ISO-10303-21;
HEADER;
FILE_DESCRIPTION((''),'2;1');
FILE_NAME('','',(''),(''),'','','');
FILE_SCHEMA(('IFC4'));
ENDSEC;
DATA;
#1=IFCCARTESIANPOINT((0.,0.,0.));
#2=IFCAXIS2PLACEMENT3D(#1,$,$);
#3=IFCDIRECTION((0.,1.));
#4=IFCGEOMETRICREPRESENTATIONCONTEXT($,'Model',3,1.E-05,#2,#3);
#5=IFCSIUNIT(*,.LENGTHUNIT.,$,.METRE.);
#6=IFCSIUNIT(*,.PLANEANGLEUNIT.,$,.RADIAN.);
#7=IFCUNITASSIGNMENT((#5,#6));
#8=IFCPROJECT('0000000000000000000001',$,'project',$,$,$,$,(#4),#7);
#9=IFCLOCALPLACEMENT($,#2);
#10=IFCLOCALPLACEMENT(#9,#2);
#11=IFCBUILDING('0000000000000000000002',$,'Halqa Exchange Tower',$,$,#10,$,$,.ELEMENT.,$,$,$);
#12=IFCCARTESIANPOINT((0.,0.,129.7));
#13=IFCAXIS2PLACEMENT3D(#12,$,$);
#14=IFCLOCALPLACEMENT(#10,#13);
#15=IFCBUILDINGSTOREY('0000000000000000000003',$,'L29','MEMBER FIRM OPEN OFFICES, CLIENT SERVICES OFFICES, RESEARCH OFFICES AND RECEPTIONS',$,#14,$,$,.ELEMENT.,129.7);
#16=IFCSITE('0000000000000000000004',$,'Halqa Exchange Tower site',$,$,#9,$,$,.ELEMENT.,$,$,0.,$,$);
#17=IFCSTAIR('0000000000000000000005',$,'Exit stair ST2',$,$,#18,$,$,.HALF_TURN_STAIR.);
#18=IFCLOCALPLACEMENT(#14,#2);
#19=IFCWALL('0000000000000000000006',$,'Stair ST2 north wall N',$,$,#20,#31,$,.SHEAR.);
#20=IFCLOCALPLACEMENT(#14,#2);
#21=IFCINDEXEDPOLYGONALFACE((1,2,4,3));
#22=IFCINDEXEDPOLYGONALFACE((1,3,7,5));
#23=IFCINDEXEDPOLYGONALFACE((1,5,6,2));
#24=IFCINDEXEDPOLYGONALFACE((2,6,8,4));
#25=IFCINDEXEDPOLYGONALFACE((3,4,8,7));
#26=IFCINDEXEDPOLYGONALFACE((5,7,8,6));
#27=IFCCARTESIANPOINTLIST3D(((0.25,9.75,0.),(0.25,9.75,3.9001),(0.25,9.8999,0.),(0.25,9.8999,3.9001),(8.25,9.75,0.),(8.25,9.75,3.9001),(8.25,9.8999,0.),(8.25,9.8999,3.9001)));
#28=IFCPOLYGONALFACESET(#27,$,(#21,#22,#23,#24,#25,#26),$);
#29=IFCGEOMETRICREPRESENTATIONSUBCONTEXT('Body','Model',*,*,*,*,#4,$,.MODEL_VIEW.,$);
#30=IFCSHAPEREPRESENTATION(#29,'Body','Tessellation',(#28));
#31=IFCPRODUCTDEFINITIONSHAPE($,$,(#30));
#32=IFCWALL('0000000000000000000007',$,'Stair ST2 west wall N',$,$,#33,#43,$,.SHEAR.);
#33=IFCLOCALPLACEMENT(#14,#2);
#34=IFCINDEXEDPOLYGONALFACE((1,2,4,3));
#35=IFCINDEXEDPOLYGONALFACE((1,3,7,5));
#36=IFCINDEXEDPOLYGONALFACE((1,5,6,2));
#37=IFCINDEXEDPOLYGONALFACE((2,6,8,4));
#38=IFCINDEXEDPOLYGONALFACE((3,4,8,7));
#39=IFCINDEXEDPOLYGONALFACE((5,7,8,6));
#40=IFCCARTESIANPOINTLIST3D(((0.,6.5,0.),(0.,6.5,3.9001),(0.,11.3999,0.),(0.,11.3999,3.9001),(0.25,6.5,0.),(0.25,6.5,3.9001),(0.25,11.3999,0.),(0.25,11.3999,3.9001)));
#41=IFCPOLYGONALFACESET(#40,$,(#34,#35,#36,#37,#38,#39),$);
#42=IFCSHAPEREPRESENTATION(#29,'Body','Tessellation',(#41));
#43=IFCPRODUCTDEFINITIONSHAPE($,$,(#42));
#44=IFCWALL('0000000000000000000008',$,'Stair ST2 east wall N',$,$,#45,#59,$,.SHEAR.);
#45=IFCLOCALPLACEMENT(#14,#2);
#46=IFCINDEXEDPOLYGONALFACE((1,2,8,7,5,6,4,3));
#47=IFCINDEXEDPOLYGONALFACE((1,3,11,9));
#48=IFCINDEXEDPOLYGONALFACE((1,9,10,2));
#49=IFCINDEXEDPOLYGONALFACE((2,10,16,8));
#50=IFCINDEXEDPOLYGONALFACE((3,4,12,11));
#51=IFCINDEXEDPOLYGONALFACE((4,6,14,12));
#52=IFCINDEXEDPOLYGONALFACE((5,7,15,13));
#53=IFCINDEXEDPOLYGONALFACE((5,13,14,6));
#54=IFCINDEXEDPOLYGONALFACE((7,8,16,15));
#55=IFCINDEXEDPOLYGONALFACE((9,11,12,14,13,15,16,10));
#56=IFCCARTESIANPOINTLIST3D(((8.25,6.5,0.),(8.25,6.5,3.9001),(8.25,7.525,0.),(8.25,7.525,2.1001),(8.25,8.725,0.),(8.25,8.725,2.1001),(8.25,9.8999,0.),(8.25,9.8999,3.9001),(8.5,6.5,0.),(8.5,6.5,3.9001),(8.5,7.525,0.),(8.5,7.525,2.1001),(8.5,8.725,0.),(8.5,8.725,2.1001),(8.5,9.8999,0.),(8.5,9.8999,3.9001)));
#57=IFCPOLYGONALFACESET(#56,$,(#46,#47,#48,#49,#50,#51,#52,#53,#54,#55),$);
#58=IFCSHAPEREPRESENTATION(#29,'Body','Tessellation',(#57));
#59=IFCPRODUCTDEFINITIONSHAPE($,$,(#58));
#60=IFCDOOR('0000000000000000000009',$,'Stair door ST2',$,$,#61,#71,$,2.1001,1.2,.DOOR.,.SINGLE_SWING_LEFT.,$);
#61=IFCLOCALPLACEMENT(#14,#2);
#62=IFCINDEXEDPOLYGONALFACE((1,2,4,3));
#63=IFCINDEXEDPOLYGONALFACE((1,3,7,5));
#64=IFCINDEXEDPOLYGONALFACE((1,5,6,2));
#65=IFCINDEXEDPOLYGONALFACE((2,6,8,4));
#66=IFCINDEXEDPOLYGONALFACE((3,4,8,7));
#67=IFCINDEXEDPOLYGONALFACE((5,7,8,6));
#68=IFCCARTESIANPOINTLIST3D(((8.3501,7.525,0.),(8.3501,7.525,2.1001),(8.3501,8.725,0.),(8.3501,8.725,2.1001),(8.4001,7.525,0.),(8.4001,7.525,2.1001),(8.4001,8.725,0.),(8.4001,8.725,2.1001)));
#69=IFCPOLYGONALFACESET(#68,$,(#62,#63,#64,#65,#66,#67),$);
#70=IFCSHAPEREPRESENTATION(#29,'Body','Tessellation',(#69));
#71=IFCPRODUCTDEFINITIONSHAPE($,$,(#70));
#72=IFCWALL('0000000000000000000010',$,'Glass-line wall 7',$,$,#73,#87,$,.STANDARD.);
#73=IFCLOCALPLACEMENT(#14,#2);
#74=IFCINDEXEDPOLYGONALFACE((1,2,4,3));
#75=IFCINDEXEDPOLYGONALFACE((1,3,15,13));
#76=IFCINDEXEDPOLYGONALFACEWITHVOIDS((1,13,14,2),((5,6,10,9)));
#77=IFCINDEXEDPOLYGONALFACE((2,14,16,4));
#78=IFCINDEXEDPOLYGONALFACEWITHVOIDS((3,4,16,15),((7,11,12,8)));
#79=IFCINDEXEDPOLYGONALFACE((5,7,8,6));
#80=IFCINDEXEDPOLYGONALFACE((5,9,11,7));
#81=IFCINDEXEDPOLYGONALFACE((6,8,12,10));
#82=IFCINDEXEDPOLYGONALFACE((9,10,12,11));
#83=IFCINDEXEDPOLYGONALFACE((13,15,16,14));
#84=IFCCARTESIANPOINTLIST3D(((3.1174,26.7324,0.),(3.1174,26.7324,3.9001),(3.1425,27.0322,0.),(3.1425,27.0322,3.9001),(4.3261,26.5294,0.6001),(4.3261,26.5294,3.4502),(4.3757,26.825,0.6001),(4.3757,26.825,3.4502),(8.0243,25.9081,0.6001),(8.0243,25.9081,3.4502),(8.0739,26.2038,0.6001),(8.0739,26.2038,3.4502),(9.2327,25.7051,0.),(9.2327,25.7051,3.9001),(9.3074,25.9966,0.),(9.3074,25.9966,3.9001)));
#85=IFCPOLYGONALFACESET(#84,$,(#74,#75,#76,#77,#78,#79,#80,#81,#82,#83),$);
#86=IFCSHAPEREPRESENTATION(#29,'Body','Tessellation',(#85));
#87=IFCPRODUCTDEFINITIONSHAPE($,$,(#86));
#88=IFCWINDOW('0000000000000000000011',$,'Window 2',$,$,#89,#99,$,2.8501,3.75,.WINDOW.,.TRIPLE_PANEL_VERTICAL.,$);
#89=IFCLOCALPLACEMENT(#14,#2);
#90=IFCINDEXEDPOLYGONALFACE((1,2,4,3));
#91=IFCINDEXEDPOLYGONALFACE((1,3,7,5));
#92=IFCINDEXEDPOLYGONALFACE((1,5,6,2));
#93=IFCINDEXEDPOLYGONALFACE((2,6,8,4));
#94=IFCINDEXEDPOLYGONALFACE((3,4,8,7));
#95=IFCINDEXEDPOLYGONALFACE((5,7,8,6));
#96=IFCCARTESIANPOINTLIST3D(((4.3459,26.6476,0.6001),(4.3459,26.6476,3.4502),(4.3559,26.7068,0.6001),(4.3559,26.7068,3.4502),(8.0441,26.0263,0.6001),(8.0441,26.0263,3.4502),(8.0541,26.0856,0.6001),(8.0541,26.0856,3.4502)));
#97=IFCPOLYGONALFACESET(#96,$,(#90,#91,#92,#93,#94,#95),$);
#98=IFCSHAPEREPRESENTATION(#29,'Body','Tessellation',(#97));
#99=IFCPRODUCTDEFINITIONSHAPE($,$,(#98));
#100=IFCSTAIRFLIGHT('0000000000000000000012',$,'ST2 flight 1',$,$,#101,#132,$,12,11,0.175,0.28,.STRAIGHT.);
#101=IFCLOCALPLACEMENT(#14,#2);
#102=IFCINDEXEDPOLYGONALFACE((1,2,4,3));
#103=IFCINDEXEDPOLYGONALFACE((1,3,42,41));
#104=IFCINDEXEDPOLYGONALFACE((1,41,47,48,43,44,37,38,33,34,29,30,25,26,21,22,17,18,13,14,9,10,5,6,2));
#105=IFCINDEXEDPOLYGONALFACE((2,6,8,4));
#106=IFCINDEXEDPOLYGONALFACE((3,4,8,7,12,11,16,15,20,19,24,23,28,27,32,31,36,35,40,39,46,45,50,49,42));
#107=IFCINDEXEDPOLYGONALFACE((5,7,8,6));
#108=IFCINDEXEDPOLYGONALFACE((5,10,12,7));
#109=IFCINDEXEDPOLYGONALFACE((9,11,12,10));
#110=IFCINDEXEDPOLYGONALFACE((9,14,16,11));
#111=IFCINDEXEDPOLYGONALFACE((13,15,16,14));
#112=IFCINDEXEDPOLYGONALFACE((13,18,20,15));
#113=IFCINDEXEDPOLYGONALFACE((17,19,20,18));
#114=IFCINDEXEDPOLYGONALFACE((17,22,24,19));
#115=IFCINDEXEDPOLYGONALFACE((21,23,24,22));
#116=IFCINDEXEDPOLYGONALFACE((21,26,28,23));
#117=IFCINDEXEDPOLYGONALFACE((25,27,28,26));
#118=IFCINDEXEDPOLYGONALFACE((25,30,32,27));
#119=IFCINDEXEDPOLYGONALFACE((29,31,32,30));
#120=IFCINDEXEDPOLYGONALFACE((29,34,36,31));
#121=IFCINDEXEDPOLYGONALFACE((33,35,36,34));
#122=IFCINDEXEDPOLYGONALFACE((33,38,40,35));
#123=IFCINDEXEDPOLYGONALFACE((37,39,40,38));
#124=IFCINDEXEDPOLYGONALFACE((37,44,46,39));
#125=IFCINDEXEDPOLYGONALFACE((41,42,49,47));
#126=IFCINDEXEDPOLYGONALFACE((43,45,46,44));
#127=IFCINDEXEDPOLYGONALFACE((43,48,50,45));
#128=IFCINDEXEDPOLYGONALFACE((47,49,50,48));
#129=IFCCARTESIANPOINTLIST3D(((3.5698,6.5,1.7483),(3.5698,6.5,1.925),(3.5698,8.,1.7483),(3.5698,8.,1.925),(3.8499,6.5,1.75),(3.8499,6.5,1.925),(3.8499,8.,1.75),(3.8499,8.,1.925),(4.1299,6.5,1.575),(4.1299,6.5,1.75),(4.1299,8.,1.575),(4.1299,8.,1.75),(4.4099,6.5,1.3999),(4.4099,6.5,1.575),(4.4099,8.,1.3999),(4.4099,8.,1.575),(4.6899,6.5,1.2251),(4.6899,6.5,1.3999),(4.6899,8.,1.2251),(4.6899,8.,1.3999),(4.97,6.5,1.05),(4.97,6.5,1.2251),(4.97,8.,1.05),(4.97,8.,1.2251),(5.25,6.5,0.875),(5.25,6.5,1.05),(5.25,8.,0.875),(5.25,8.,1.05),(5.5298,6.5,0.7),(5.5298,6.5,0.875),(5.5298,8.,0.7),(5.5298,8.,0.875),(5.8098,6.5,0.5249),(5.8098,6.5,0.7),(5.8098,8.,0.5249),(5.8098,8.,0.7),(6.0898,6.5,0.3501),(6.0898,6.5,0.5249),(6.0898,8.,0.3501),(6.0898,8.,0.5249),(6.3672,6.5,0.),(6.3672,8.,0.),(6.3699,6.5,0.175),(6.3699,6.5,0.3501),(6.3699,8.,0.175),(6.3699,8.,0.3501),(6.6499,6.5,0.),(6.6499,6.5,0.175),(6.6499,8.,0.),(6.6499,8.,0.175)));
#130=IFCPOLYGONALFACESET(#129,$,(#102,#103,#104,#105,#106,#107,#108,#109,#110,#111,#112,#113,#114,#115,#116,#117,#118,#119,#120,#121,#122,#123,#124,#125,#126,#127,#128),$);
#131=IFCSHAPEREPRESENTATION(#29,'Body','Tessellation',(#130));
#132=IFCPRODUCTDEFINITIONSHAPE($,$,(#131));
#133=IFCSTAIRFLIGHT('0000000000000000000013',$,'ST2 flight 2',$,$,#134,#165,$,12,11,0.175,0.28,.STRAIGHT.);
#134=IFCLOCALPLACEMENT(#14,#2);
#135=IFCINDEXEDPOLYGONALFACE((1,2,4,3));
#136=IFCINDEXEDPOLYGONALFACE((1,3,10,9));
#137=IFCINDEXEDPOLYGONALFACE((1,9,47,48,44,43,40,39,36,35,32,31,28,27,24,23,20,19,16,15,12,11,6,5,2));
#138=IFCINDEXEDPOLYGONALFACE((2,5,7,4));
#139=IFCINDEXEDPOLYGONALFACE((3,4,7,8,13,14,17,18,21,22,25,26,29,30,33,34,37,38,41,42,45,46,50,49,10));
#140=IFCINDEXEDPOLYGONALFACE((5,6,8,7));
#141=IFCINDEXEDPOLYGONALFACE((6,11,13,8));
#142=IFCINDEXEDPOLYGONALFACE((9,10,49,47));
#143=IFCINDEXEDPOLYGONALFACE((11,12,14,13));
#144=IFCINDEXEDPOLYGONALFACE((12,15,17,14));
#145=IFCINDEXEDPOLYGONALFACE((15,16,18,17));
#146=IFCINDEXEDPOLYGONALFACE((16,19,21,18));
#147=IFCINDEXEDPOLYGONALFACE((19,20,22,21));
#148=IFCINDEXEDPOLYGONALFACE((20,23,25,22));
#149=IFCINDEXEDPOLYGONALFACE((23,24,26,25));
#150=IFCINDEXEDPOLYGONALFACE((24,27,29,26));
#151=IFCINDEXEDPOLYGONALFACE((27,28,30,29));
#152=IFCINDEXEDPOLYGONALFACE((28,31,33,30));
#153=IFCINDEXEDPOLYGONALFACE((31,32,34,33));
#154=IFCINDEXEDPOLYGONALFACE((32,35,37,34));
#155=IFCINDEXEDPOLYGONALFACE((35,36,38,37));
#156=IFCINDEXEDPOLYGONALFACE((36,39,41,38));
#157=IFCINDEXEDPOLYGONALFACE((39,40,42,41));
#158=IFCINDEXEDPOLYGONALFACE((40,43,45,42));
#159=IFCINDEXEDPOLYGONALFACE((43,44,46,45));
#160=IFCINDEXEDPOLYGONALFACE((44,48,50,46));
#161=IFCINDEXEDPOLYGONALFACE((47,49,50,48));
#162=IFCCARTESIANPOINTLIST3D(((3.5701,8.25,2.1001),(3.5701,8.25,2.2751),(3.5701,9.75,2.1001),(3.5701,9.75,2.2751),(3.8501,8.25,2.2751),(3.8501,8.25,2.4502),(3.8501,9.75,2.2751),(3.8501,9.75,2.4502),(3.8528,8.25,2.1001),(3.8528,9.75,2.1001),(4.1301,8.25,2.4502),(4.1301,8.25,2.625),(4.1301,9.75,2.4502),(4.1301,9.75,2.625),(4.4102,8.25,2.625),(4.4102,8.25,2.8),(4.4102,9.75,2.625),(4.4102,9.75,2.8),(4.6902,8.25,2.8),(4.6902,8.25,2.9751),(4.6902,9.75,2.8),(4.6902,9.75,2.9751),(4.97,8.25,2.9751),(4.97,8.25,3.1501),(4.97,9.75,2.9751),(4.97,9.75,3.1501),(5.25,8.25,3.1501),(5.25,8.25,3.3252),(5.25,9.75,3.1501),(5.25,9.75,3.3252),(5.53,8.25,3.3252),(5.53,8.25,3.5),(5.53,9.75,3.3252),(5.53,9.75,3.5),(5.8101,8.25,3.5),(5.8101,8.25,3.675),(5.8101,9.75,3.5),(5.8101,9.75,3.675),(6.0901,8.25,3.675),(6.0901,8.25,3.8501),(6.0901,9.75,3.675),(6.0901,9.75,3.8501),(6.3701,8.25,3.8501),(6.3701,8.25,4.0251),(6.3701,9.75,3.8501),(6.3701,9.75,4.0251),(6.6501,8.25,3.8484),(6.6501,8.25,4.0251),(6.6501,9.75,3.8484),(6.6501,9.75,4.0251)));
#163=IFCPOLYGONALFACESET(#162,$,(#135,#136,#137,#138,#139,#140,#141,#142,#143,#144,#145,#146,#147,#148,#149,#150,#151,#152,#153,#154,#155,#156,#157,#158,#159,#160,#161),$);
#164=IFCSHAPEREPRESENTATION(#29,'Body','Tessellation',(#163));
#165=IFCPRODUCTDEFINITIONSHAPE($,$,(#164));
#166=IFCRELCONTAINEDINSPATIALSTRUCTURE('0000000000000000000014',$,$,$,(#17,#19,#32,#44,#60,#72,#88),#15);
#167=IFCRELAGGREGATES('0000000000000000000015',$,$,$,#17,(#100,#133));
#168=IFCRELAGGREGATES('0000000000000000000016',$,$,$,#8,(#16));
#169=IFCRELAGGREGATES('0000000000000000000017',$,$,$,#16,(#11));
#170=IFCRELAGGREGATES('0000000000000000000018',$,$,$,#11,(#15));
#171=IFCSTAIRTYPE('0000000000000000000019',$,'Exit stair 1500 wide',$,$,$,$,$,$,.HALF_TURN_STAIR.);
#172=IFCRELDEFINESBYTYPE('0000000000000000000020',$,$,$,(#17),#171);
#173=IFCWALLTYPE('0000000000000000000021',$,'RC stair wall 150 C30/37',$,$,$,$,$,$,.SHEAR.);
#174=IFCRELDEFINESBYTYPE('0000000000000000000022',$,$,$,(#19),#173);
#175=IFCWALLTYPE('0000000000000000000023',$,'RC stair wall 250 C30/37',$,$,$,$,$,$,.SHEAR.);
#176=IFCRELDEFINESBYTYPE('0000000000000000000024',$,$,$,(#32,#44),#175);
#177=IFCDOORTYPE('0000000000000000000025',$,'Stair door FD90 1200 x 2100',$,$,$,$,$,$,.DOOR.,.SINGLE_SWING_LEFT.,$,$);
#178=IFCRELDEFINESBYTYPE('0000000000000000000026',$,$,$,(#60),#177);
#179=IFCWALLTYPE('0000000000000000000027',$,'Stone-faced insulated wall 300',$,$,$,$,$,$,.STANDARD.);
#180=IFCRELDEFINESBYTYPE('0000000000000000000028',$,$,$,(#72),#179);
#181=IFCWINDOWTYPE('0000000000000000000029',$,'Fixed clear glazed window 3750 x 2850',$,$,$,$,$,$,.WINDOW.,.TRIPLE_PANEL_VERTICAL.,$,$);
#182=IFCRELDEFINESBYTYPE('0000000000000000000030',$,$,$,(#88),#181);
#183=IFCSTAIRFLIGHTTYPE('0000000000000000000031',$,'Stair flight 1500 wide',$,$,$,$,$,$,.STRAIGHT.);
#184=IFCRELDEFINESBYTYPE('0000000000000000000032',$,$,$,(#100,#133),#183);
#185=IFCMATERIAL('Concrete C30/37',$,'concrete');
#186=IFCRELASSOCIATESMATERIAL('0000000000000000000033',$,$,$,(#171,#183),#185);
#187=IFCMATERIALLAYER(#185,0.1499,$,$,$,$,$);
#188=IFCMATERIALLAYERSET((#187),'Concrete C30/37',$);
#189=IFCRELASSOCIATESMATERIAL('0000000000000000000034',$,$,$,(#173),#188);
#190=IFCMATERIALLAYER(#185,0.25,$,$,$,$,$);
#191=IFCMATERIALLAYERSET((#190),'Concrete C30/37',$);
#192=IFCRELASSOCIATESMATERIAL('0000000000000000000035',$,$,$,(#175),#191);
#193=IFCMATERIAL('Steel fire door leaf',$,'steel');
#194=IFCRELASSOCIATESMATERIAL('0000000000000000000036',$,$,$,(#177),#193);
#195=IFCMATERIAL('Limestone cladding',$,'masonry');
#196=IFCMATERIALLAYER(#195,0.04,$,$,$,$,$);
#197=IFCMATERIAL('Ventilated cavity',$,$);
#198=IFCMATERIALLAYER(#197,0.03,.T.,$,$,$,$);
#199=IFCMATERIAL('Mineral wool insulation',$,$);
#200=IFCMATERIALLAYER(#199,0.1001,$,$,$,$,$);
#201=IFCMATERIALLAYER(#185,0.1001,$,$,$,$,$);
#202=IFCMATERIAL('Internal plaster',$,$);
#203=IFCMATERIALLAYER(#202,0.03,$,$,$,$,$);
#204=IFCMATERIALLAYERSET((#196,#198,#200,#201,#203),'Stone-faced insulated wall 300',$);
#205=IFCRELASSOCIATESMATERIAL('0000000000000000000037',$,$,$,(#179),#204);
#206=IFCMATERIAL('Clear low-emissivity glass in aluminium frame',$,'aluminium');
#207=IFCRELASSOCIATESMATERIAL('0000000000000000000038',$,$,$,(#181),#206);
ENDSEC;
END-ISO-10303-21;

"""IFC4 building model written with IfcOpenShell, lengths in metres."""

from ifc_helpers import new_model, si_unit, direction, frame, frame_2d, origin, place, context, subcontext, project, spatial, polyline, rectangle, outline, extrude, material, layer, layer_set, type_object, element, fill, aggregate, save


model = new_model("IFC4")

# Units and contexts
model_context = context("Model", 3, precision=1e-05, world=origin(), true_north=direction((0.0, 1.0)))
body_context = subcontext(model_context, "Body", "Model", "MODEL_VIEW")
ifc_project = project(units=[si_unit("LENGTHUNIT", "METRE"), si_unit("PLANEANGLEUNIT", "RADIAN")], contexts=[model_context])

# Site, building, storey
site_placement = place(None, origin())
site = spatial("IfcSite", under=ifc_project, at=site_placement, Name="Halqa Exchange Tower site", CompositionType="ELEMENT", RefElevation=0.0)
building_placement = place(site_placement, origin())
building = spatial("IfcBuilding", under=site, at=building_placement, Name="Halqa Exchange Tower", CompositionType="ELEMENT")
storey_placement = place(building_placement, frame((0.0, 0.0, 129.7)))
storey = spatial("IfcBuildingStorey", under=building, at=storey_placement, Name="L29", Description="MEMBER FIRM OPEN OFFICES, CLIENT SERVICES OFFICES, RESEARCH OFFICES AND RECEPTIONS", CompositionType="ELEMENT", Elevation=129.7)

# Stair
ifc_material_1 = material(Name="Concrete C30/37", Category="concrete")
stair_type = type_object("IfcStairType", Name="Exit stair 1500 wide", PredefinedType="HALF_TURN_STAIR", material=ifc_material_1)
stair_1_placement = place(storey_placement, origin())
stair_1 = element("IfcStair", 1, at=stair_1_placement, inside=storey, type_object=stair_type, Name="Exit stair ST2", PredefinedType="HALF_TURN_STAIR")

# Walls
ifc_layer_1 = layer(ifc_material_1, 0.1499)
ifc_layer_set_1 = layer_set([ifc_layer_1], Name="Concrete C30/37")
wall_type_1 = type_object("IfcWallType", Name="RC stair wall 150 C30/37", PredefinedType="SHEAR", material=ifc_layer_set_1)
wall_1_placement = place(storey_placement, frame((0.25, 9.825, 0.0), z_axis=(0.0, 0.0, 1.0), x_axis=(1.0, 0.0, 0.0)))
element("IfcWall", 2, at=wall_1_placement, inside=storey, type_object=wall_type_1, Name="Stair ST2 north wall N", PredefinedType="SHEAR", context=body_context, shape_type="SweptSolid", body=[
    extrude(rectangle(XDim=8.0, YDim=0.1499, at=frame_2d((4.0, 0.0))), origin(), (0.0, 0.0, 1.0), 3.9001),
])
ifc_layer_2 = layer(ifc_material_1, 0.25)
ifc_layer_set_2 = layer_set([ifc_layer_2], Name="Concrete C30/37")
wall_type_2 = type_object("IfcWallType", Name="RC stair wall 250 C30/37", PredefinedType="SHEAR", material=ifc_layer_set_2)
wall_2_placement = place(storey_placement, frame((0.125, 6.5, 0.0), z_axis=(0.0, 0.0, 1.0), x_axis=(0.0, 1.0, 0.0)))
element("IfcWall", 3, at=wall_2_placement, inside=storey, type_object=wall_type_2, Name="Stair ST2 west wall N", PredefinedType="SHEAR", context=body_context, shape_type="SweptSolid", body=[
    extrude(rectangle(XDim=4.8999, YDim=0.25, at=frame_2d((2.45, 0.0))), origin(), (0.0, 0.0, 1.0), 3.9001),
])

# Wall, opening, door
wall_3_placement = place(storey_placement, frame((8.375, 6.5, 0.0), z_axis=(0.0, 0.0, 1.0), x_axis=(0.0, 1.0, 0.0)))
wall_3 = element("IfcWall", 4, at=wall_3_placement, inside=storey, type_object=wall_type_2, Name="Stair ST2 east wall N", PredefinedType="SHEAR", context=body_context, shape_type="SweptSolid", body=[
    extrude(rectangle(XDim=3.3999, YDim=0.25, at=frame_2d((1.7, 0.0))), origin(), (0.0, 0.0, 1.0), 3.9001),
])
opening_1_placement = place(wall_3_placement, frame((1.0249, 0.0, 0.0)))
opening_1 = element("IfcOpeningElement", 5, at=opening_1_placement, cuts=wall_3, PredefinedType="OPENING", context=body_context, shape_type="SweptSolid", body=[
    extrude(rectangle(XDim=1.2, YDim=2.1001, at=frame_2d((0.6001, 1.05))), frame((0.0, 0.137, 0.0), z_axis=(0.0, -1.0, 0.0), x_axis=(1.0, 0.0, 0.0)), (0.0, 0.0, 1.0), 0.2739),
])
ifc_material_2 = material(Name="Steel fire door leaf", Category="steel")
door_type_1 = type_object("IfcDoorType", Name="Stair door FD90 1200 x 2100", OperationType="SINGLE_SWING_LEFT", PredefinedType="DOOR", material=ifc_material_2)
door_1_placement = place(opening_1_placement, origin())
door_1 = element("IfcDoor", 6, at=door_1_placement, inside=storey, type_object=door_type_1, Name="Stair door ST2", OperationType="SINGLE_SWING_LEFT", OverallHeight=2.1001, OverallWidth=1.2, PredefinedType="DOOR", context=body_context, shape_type="SweptSolid", body=[
    extrude(rectangle(XDim=1.2, YDim=2.1001, at=frame_2d((0.6001, 1.05))), frame((0.0, 0.0249, 0.0), z_axis=(0.0, -1.0, 0.0), x_axis=(1.0, 0.0, 0.0)), (0.0, 0.0, 1.0), 0.05),
])
fill(opening_1, door_1)

# Wall, opening, window
ifc_material_3 = material(Name="Limestone cladding", Category="masonry")
ifc_layer_3 = layer(ifc_material_3, 0.04)
ifc_material_4 = material(Name="Ventilated cavity")
ifc_layer_4 = layer(ifc_material_4, 0.03, ventilated=True)
ifc_material_5 = material(Name="Mineral wool insulation")
ifc_layer_5 = layer(ifc_material_5, 0.1001)
ifc_layer_6 = layer(ifc_material_1, 0.1001)
ifc_material_6 = material(Name="Internal plaster")
ifc_layer_7 = layer(ifc_material_6, 0.03)
ifc_layer_set_3 = layer_set([ifc_layer_3, ifc_layer_4, ifc_layer_5, ifc_layer_6, ifc_layer_7], Name="Stone-faced insulated wall 300")
wall_type_3 = type_object("IfcWallType", Name="Stone-faced insulated wall 300", PredefinedType="STANDARD", material=ifc_layer_set_3)
wall_4_placement = place(storey_placement, frame((9.27, 25.8508, 0.0), z_axis=(0.0, 0.0, 1.0), x_axis=(-0.986181, 0.165671, 0.0)))
wall_4 = element("IfcWall", 7, at=wall_4_placement, inside=storey, type_object=wall_type_3, Name="Glass-line wall 7", PredefinedType="STANDARD", context=body_context, shape_type="SweptSolid", body=[
    extrude(outline(polyline([(-0.0127, -0.1499), (6.2385, -0.1499), (6.2136, 0.1499), (0.0127, 0.1499), (-0.0127, -0.1499)])), origin(), (0.0, 0.0, 1.0), 3.9001),
])
opening_2_placement = place(wall_4_placement, frame((1.238, 0.0, 0.6001)))
opening_2 = element("IfcOpeningElement", 8, at=opening_2_placement, cuts=wall_4, PredefinedType="OPENING", context=body_context, shape_type="SweptSolid", body=[
    extrude(rectangle(XDim=3.75, YDim=2.8501, at=frame_2d((1.875, 1.425))), frame((0.0, 0.1621, 0.0), z_axis=(0.0, -1.0, 0.0), x_axis=(1.0, 0.0, 0.0)), (0.0, 0.0, 1.0), 0.324),
])
ifc_material_7 = material(Name="Clear low-emissivity glass in aluminium frame", Category="aluminium")
window_type = type_object("IfcWindowType", Name="Fixed clear glazed window 3750 x 2850", PartitioningType="TRIPLE_PANEL_VERTICAL", PredefinedType="WINDOW", material=ifc_material_7)
window_placement = place(opening_2_placement, origin())
window = element("IfcWindow", 9, at=window_placement, inside=storey, type_object=window_type, Name="Window 2", OverallHeight=2.8501, OverallWidth=3.75, PartitioningType="TRIPLE_PANEL_VERTICAL", PredefinedType="WINDOW", context=body_context, shape_type="SweptSolid", body=[
    extrude(rectangle(XDim=3.75, YDim=2.8501, at=frame_2d((1.875, 1.425))), frame((0.0, 0.03, 0.0), z_axis=(0.0, -1.0, 0.0), x_axis=(1.0, 0.0, 0.0)), (0.0, 0.0, 1.0), 0.0601),
])
fill(opening_2, window)

# Stair flights
stair_flight_type = type_object("IfcStairFlightType", Name="Stair flight 1500 wide", PredefinedType="STRAIGHT", material=ifc_material_1)
stair_flight_1_placement = place(storey_placement, frame((6.6499, 7.25, 0.0), z_axis=(0.0, 0.0, 1.0), x_axis=(-1.0, 0.0, 0.0)))
stair_flight_1 = element("IfcStairFlight", 10, at=stair_flight_1_placement, type_object=stair_flight_type, Name="ST2 flight 1", NumberOfRisers=12, NumberOfTreads=11, PredefinedType="STRAIGHT", RiserHeight=0.175, TreadLength=0.28, context=body_context, shape_type="SweptSolid", body=[
    extrude(outline(polyline([(0.0, 0.0), (0.0, 0.175), (0.28, 0.175), (0.28, 0.3501), (0.5601, 0.3501), (0.5601, 0.5249), (0.8401, 0.5249), (0.8401, 0.7), (1.1201, 0.7), (1.1201, 0.875), (1.3999, 0.875), (1.3999, 1.05), (1.6799, 1.05), (1.6799, 1.2251), (1.96, 1.2251), (1.96, 1.3999), (2.24, 1.3999), (2.24, 1.575), (2.52, 1.575), (2.52, 1.75), (2.8, 1.75), (2.8, 1.925), (3.0801, 1.925), (3.0801, 2.1001), (3.0801, 1.7483), (0.2827, 0.0), (0.0, 0.0)])), frame((0.0, 0.75, 0.0), z_axis=(0.0, -1.0, 0.0), x_axis=(1.0, 0.0, 0.0)), (0.0, 0.0, 1.0), 1.5),
])
stair_flight_2_placement = place(storey_placement, frame((3.5701, 9.0, 2.1001), z_axis=(0.0, 0.0, 1.0), x_axis=(1.0, 0.0, 0.0)))
stair_flight_2 = element("IfcStairFlight", 11, at=stair_flight_2_placement, type_object=stair_flight_type, Name="ST2 flight 2", NumberOfRisers=12, NumberOfTreads=11, PredefinedType="STRAIGHT", RiserHeight=0.175, TreadLength=0.28, context=body_context, shape_type="SweptSolid", body=[
    extrude(outline(polyline([(0.0, 0.0), (0.0, 0.175), (0.28, 0.175), (0.28, 0.3501), (0.5601, 0.3501), (0.5601, 0.5249), (0.8401, 0.5249), (0.8401, 0.7), (1.1201, 0.7), (1.1201, 0.875), (1.3999, 0.875), (1.3999, 1.05), (1.6799, 1.05), (1.6799, 1.2251), (1.96, 1.2251), (1.96, 1.3999), (2.24, 1.3999), (2.24, 1.575), (2.52, 1.575), (2.52, 1.75), (2.8, 1.75), (2.8, 1.925), (3.0801, 1.925), (3.0801, 2.1001), (3.0801, 1.7483), (0.2827, 0.0), (0.0, 0.0)])), frame((0.0, 0.75, 0.0), z_axis=(0.0, -1.0, 0.0), x_axis=(1.0, 0.0, 0.0)), (0.0, 0.0, 1.0), 1.5),
])
aggregate(stair_1, [stair_flight_1, stair_flight_2])

save(model, "model.ifc")
